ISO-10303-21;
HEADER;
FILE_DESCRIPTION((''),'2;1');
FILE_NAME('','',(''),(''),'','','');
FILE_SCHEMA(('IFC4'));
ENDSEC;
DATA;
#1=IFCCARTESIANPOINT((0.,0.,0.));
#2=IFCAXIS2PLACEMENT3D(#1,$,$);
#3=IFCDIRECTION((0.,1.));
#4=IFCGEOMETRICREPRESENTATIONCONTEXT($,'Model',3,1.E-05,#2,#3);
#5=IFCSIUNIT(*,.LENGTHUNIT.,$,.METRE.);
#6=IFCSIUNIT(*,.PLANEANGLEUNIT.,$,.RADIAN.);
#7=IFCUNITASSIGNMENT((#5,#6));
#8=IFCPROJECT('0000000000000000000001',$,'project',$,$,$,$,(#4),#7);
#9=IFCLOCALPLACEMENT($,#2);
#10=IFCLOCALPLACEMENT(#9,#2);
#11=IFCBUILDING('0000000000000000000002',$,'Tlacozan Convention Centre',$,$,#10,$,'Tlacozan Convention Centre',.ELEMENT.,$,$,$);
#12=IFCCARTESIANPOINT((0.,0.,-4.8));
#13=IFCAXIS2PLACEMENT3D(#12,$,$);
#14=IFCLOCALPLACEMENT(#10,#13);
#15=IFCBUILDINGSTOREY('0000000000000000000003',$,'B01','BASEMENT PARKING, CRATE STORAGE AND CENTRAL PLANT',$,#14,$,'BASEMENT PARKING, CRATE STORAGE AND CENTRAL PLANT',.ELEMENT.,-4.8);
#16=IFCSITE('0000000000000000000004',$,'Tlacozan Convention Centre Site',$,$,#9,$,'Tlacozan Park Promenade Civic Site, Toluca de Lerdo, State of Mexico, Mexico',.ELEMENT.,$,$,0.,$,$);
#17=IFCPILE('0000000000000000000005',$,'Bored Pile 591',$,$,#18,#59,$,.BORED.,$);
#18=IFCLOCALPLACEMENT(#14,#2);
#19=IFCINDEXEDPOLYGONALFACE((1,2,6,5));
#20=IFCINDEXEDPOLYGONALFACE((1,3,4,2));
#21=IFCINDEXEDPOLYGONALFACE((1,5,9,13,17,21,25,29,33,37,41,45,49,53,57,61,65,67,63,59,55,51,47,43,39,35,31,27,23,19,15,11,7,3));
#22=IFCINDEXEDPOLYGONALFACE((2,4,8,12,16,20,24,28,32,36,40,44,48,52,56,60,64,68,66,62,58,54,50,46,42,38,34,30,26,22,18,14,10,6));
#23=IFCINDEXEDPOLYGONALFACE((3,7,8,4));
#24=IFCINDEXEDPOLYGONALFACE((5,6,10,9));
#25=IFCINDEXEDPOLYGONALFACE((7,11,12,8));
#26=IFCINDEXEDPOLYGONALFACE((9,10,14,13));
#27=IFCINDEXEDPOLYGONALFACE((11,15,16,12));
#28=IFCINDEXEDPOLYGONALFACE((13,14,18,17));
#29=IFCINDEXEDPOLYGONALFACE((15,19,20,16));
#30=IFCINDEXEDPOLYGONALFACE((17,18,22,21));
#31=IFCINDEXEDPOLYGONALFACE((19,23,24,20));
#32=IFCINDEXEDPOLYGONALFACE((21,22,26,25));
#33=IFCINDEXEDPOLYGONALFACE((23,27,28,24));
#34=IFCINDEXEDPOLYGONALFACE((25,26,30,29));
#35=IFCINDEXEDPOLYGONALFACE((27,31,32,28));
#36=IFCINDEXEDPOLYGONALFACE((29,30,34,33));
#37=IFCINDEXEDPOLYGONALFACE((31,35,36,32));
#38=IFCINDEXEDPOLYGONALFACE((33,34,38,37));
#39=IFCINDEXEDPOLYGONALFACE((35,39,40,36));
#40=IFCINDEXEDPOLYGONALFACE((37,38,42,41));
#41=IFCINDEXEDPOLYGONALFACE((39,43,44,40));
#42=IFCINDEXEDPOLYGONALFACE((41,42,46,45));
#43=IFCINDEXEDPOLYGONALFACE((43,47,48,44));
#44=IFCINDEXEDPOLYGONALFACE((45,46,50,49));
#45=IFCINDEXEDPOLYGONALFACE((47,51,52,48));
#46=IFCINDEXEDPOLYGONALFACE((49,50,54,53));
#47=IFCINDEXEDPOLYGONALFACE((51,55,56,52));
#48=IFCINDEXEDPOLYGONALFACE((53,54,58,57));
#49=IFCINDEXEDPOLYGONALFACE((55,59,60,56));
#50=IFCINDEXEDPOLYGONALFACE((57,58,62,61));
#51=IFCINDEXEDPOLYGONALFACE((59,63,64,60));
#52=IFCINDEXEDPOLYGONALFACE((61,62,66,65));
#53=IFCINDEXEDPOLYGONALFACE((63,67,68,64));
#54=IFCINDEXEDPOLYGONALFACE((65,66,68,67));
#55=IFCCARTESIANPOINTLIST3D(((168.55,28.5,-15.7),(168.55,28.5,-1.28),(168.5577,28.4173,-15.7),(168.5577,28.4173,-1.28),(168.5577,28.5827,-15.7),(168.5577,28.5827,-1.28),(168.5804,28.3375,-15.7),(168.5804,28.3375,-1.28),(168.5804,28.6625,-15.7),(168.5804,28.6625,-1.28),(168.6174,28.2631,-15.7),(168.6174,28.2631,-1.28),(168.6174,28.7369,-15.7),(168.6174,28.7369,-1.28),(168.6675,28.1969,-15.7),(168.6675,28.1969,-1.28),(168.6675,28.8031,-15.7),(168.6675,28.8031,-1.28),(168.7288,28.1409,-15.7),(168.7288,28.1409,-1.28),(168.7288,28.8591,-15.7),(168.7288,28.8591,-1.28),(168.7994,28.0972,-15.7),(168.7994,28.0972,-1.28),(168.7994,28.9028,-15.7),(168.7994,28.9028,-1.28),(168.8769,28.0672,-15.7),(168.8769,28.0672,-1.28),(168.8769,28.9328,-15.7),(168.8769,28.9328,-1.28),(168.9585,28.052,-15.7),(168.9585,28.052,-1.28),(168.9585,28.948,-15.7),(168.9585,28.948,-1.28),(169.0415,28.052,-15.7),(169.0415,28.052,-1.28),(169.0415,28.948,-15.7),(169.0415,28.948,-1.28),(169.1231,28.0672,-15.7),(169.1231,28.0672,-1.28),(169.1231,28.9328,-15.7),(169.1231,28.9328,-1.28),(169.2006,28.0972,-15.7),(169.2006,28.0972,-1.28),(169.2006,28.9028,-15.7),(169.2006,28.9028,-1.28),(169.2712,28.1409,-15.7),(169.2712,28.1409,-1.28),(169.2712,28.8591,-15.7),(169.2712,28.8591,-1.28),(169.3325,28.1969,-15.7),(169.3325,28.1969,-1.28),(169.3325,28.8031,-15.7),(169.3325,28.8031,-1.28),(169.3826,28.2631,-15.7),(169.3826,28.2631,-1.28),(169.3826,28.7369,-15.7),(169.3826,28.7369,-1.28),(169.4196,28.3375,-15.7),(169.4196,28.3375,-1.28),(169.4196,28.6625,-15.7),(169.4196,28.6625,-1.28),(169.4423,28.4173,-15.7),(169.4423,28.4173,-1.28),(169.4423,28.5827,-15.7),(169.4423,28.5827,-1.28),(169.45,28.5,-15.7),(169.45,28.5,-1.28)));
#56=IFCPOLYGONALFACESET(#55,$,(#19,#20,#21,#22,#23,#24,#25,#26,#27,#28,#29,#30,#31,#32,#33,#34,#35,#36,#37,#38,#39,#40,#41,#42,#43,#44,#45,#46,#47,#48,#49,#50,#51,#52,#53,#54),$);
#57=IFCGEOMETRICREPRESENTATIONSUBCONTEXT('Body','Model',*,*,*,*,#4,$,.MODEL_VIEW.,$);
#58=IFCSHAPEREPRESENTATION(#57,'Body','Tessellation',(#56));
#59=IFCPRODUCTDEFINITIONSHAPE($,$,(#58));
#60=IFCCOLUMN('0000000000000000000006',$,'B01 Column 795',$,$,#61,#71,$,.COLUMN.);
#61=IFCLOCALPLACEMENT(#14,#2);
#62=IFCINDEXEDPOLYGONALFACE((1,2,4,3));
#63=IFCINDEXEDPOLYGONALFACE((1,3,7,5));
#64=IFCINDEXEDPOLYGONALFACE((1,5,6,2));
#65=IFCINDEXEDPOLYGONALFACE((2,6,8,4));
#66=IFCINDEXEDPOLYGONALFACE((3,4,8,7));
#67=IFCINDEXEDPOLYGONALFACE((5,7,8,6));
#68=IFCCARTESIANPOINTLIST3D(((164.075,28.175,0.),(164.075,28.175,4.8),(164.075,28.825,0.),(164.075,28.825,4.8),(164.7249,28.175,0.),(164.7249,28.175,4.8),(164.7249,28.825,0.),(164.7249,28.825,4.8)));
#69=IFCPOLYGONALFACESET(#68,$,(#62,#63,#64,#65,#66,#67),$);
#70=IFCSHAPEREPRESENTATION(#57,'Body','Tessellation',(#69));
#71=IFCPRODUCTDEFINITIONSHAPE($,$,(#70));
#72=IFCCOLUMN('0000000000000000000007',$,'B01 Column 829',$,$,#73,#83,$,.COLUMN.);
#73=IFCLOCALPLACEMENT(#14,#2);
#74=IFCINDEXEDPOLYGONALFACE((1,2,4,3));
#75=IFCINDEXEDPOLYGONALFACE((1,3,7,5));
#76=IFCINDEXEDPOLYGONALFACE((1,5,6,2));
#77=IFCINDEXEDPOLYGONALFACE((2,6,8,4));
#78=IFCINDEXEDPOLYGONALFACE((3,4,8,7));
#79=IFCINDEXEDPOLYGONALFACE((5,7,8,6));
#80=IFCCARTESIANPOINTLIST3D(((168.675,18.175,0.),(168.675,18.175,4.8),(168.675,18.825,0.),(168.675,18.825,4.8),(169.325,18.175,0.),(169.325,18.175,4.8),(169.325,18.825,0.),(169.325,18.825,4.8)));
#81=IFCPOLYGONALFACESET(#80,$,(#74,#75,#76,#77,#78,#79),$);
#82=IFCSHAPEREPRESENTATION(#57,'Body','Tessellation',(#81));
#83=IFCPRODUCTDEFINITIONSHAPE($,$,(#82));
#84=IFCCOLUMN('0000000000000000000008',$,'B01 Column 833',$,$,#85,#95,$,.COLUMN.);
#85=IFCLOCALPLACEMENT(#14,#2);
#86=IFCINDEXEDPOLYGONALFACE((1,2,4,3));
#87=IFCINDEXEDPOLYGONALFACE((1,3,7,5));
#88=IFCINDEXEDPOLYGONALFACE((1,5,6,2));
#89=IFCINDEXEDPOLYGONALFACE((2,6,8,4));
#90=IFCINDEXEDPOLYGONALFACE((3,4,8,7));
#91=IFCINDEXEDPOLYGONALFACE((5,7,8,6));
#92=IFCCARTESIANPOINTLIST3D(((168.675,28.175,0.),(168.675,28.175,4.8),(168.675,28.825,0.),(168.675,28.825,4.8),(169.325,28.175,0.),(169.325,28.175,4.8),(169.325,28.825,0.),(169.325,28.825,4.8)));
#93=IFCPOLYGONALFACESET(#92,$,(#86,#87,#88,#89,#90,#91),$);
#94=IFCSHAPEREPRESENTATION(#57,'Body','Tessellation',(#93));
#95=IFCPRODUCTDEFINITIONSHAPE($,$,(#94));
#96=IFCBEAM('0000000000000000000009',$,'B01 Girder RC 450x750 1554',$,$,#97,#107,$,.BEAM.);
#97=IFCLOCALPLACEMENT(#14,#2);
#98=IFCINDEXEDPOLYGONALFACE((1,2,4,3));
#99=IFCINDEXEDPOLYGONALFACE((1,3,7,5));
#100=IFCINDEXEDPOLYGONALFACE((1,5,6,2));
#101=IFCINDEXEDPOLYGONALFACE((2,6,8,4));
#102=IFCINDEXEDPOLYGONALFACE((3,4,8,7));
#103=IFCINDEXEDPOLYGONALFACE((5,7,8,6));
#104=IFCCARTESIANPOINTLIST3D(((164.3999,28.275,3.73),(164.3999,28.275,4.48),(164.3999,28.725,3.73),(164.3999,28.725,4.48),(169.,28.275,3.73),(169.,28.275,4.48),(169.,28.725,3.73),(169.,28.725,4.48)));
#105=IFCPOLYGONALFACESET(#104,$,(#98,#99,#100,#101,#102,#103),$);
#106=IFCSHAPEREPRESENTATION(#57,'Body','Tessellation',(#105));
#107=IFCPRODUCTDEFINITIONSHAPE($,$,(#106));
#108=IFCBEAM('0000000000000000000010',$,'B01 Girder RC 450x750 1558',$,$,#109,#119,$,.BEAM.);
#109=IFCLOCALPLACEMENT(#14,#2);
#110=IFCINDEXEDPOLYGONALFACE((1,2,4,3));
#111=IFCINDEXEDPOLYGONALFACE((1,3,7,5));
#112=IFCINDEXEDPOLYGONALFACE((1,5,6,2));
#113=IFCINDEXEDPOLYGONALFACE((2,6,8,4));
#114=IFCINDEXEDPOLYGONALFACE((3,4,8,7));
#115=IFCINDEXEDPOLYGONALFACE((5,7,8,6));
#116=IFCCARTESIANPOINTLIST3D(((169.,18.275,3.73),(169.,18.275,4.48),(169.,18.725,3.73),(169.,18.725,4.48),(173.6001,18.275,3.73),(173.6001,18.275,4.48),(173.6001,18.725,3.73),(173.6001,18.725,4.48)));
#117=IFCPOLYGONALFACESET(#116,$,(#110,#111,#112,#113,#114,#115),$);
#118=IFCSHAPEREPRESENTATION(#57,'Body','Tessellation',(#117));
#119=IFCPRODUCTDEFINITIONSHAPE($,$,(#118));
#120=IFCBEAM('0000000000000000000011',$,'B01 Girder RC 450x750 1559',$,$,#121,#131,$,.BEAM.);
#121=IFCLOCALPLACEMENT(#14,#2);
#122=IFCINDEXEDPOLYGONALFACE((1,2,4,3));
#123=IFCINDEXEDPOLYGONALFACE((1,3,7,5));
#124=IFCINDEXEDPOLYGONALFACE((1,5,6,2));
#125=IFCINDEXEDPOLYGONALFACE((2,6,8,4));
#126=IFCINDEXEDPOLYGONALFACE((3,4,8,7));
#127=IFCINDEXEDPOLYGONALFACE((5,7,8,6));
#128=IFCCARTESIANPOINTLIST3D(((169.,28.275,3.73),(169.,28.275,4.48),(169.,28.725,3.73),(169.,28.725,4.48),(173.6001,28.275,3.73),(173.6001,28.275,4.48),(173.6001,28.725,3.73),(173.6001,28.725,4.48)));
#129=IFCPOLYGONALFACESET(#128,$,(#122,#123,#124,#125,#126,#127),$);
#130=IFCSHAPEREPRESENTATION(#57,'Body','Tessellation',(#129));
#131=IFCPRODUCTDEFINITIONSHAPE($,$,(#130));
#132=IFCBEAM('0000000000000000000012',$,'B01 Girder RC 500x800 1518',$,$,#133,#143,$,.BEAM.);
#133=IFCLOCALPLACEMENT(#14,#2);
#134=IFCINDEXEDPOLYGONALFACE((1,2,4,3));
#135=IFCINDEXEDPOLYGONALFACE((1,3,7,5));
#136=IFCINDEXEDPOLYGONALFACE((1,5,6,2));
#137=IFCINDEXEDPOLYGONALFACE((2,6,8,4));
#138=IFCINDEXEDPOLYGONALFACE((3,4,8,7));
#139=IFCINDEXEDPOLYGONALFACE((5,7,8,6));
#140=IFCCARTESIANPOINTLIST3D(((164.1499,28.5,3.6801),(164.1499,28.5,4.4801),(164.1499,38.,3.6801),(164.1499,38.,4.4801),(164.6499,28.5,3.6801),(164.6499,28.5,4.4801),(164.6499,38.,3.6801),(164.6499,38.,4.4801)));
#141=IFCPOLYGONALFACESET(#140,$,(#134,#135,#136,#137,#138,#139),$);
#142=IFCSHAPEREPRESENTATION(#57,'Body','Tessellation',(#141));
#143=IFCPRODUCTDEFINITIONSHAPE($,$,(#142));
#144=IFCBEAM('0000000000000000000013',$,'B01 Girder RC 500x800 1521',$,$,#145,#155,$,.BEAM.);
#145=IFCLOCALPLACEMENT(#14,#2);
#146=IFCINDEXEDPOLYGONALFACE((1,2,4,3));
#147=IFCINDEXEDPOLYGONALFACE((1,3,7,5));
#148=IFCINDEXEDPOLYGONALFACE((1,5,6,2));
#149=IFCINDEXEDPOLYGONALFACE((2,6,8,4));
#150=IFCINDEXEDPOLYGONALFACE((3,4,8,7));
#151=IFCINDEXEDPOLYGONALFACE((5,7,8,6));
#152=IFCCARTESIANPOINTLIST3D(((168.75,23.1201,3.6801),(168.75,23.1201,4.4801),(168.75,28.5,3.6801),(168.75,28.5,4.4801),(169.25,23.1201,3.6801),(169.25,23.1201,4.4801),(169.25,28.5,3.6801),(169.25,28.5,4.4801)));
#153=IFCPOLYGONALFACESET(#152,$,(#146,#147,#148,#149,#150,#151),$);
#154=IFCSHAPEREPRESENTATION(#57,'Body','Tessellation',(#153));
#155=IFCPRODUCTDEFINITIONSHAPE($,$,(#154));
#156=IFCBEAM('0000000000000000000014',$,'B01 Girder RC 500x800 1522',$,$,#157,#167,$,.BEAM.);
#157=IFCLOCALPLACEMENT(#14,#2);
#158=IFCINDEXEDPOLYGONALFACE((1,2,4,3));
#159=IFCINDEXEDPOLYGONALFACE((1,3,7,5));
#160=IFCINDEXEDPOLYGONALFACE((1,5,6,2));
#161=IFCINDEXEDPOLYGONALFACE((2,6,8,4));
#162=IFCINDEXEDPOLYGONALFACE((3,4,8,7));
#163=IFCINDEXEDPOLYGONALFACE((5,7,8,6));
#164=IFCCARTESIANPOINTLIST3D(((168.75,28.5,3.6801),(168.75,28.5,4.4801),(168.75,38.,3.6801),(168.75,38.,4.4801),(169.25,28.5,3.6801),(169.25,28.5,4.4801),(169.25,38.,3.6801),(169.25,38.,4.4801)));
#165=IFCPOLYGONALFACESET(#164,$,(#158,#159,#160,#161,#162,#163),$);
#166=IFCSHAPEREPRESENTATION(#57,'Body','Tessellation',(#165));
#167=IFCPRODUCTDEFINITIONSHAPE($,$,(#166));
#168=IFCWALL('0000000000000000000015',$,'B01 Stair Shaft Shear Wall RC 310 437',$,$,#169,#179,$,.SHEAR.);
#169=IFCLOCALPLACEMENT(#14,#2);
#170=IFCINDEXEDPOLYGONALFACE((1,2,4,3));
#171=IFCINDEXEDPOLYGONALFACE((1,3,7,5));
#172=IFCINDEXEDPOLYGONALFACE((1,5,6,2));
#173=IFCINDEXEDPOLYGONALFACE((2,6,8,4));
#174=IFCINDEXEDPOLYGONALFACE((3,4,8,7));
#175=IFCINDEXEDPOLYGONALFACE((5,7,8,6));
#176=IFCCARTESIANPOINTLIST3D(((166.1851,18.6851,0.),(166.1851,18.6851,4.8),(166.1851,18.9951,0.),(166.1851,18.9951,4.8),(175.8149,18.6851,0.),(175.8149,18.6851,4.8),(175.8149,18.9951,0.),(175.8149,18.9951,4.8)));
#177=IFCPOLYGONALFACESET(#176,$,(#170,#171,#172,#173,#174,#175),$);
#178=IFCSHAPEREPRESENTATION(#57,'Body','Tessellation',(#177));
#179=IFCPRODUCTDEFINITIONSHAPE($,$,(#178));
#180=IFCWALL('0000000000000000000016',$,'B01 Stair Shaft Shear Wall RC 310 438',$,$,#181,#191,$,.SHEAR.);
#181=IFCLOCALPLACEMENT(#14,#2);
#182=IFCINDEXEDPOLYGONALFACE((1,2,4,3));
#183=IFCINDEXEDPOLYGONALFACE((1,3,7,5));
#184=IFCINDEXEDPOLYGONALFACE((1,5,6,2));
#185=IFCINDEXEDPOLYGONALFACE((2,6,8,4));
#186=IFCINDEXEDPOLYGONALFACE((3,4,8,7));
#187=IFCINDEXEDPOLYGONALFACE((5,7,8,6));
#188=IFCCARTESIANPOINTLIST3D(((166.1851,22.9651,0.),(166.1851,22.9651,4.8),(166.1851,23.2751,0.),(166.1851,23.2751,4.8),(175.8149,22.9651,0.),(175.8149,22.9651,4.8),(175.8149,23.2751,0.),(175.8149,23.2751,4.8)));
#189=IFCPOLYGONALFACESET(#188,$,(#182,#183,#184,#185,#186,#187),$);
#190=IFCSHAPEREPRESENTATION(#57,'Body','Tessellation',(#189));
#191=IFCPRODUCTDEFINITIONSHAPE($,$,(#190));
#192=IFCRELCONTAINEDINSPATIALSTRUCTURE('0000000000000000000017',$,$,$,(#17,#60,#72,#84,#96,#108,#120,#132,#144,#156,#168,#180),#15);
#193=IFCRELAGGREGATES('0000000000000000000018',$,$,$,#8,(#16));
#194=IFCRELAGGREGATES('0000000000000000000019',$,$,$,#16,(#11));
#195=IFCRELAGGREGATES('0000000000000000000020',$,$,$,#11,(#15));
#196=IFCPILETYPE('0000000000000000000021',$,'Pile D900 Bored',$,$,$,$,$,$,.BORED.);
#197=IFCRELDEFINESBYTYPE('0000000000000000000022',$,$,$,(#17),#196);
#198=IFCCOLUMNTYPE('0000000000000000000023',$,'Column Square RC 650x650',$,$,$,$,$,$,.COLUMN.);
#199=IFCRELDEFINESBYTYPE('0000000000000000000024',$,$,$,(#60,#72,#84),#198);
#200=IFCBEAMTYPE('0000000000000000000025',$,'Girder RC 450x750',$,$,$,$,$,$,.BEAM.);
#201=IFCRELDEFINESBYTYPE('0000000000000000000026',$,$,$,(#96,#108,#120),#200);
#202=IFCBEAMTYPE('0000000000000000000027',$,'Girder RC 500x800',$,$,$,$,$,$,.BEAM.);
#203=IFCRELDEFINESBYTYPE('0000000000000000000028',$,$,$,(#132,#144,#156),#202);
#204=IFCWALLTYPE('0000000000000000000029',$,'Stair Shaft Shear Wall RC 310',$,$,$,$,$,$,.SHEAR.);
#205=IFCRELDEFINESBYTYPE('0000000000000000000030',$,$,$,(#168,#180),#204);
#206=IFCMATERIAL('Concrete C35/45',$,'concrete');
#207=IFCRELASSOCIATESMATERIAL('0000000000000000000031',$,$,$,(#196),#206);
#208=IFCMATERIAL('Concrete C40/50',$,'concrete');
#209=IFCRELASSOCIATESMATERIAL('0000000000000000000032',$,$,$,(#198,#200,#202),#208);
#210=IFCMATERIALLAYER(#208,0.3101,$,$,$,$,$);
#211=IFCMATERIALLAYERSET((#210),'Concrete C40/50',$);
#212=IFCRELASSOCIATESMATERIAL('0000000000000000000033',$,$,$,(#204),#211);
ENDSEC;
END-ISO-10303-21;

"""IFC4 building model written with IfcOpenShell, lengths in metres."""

from ifc_helpers import new_model, si_unit, direction, frame, frame_2d, origin, origin_2d, place, context, subcontext, project, spatial, rectangle, circle, extrude, material, layer, layer_set, material_profile, profile_set, type_object, element, save


model = new_model("IFC4")

# Units and contexts
model_context = context("Model", 3, precision=1e-05, world=origin(), true_north=direction((0.0, 1.0)))
body_context = subcontext(model_context, "Body", "Model", "MODEL_VIEW")
ifc_project = project(units=[si_unit("LENGTHUNIT", "METRE"), si_unit("PLANEANGLEUNIT", "RADIAN")], contexts=[model_context])

# Site, building, storey
site_placement = place(None, origin())
site = spatial("IfcSite", under=ifc_project, at=site_placement, Name="Tlacozan Convention Centre Site", LongName="Tlacozan Park Promenade Civic Site, Toluca de Lerdo, State of Mexico, Mexico", CompositionType="ELEMENT", RefElevation=0.0)
building_placement = place(site_placement, origin())
building = spatial("IfcBuilding", under=site, at=building_placement, Name="Tlacozan Convention Centre", LongName="Tlacozan Convention Centre", CompositionType="ELEMENT")
storey_placement = place(building_placement, frame((0.0, 0.0, -4.8)))
storey = spatial("IfcBuildingStorey", under=building, at=storey_placement, Name="B01", Description="BASEMENT PARKING, CRATE STORAGE AND CENTRAL PLANT", LongName="BASEMENT PARKING, CRATE STORAGE AND CENTRAL PLANT", CompositionType="ELEMENT", Elevation=-4.8)

# Shared definitions
ifc_material_1 = material(Name="Concrete C35/45", Category="concrete")

# Pile
ifc_material_profile_1 = material_profile(ifc_material_1, circle(Radius=0.45, at=origin_2d()), Name="PILE D900")
ifc_profile_set_1 = profile_set([ifc_material_profile_1], Name="Concrete C35/45")
pile_type_1 = type_object("IfcPileType", Name="Pile D900 Bored", PredefinedType="BORED", material=ifc_profile_set_1)
for number, where, z_axis, x_axis, name in (
    (1, (169.0, 28.5, -1.28), (0.0, 0.0, -1.0), (1.0, 0.0, 0.0), "Bored Pile 591"),
):
    element("IfcPile", number, at=place(storey_placement, frame(where, z_axis=z_axis, x_axis=x_axis)), inside=storey, type_object=pile_type_1, Name=name, PredefinedType="BORED", context=body_context, shape_type="SweptSolid", body=[
        extrude(circle(Radius=0.45, at=origin_2d()), origin(), (0.0, 0.0, 1.0), 14.4199),
    ])

# Columns
ifc_material_2 = material(Name="Concrete C40/50", Category="concrete")
ifc_material_profile_2 = material_profile(ifc_material_2, rectangle(XDim=0.6499, YDim=0.6499, at=origin_2d()), Name="RC 650x650")
ifc_profile_set_2 = profile_set([ifc_material_profile_2], Name="Concrete C40/50")
column_type = type_object("IfcColumnType", Name="Column Square RC 650x650", PredefinedType="COLUMN", material=ifc_profile_set_2)
for number, where, z_axis, x_axis, name in (
    (2, (164.3999, 28.5, 0.0), (0.0, 0.0, 1.0), (1.0, 0.0, 0.0), "B01 Column 795"),
    (3, (169.0, 18.5, 0.0), (0.0, 0.0, 1.0), (1.0, 0.0, 0.0), "B01 Column 829"),
    (4, (169.0, 28.5, 0.0), (0.0, 0.0, 1.0), (1.0, 0.0, 0.0), "B01 Column 833"),
):
    element("IfcColumn", number, at=place(storey_placement, frame(where, z_axis=z_axis, x_axis=x_axis)), inside=storey, type_object=column_type, Name=name, PredefinedType="COLUMN", context=body_context, shape_type="SweptSolid", body=[
        extrude(rectangle(XDim=0.6499, YDim=0.6499, at=origin_2d()), origin(), (0.0, 0.0, 1.0), 4.8),
    ])

# Beams
ifc_material_profile_3 = material_profile(ifc_material_2, rectangle(XDim=0.45, YDim=0.75, at=origin_2d()), Name="RC 450x750")
ifc_profile_set_3 = profile_set([ifc_material_profile_3], Name="Concrete C40/50")
beam_type_1 = type_object("IfcBeamType", Name="Girder RC 450x750", PredefinedType="BEAM", material=ifc_profile_set_3)
for number, where, z_axis, x_axis, name in (
    (5, (164.3999, 28.5, 4.105), (1.0, 0.0, 0.0), (0.0, 1.0, 0.0), "B01 Girder RC 450x750 1554"),
    (6, (169.0, 18.5, 4.105), (1.0, 0.0, 0.0), (0.0, 1.0, 0.0), "B01 Girder RC 450x750 1558"),
    (7, (169.0, 28.5, 4.105), (1.0, 0.0, 0.0), (0.0, 1.0, 0.0), "B01 Girder RC 450x750 1559"),
):
    element("IfcBeam", number, at=place(storey_placement, frame(where, z_axis=z_axis, x_axis=x_axis)), inside=storey, type_object=beam_type_1, Name=name, PredefinedType="BEAM", context=body_context, shape_type="SweptSolid", body=[
        extrude(rectangle(XDim=0.45, YDim=0.75, at=origin_2d()), origin(), (0.0, 0.0, 1.0), 4.6001),
    ])
ifc_material_profile_4 = material_profile(ifc_material_2, rectangle(XDim=0.5, YDim=0.8, at=origin_2d()), Name="RC 500x800")
ifc_profile_set_4 = profile_set([ifc_material_profile_4], Name="Concrete C40/50")
beam_type_2 = type_object("IfcBeamType", Name="Girder RC 500x800", PredefinedType="BEAM", material=ifc_profile_set_4)
beam_1_placement = place(storey_placement, frame((164.3999, 28.5, 4.0801), z_axis=(0.0, 1.0, 0.0), x_axis=(-1.0, 0.0, 0.0)))
element("IfcBeam", 8, at=beam_1_placement, inside=storey, type_object=beam_type_2, Name="B01 Girder RC 500x800 1518", PredefinedType="BEAM", context=body_context, shape_type="SweptSolid", body=[
    extrude(rectangle(XDim=0.5, YDim=0.8, at=origin_2d()), origin(), (0.0, 0.0, 1.0), 9.5),
])
beam_2_placement = place(storey_placement, frame((169.0, 23.1201, 4.0801), z_axis=(0.0, 1.0, 0.0), x_axis=(-1.0, 0.0, 0.0)))
element("IfcBeam", 9, at=beam_2_placement, inside=storey, type_object=beam_type_2, Name="B01 Girder RC 500x800 1521", PredefinedType="BEAM", context=body_context, shape_type="SweptSolid", body=[
    extrude(rectangle(XDim=0.5, YDim=0.8, at=origin_2d()), origin(), (0.0, 0.0, 1.0), 5.3799),
])
beam_3_placement = place(storey_placement, frame((169.0, 28.5, 4.0801), z_axis=(0.0, 1.0, 0.0), x_axis=(-1.0, 0.0, 0.0)))
element("IfcBeam", 10, at=beam_3_placement, inside=storey, type_object=beam_type_2, Name="B01 Girder RC 500x800 1522", PredefinedType="BEAM", context=body_context, shape_type="SweptSolid", body=[
    extrude(rectangle(XDim=0.5, YDim=0.8, at=origin_2d()), origin(), (0.0, 0.0, 1.0), 9.5),
])

# Walls
ifc_layer_1 = layer(ifc_material_2, 0.3101)
ifc_layer_set_1 = layer_set([ifc_layer_1], Name="Concrete C40/50")
wall_type = type_object("IfcWallType", Name="Stair Shaft Shear Wall RC 310", PredefinedType="SHEAR", material=ifc_layer_set_1)
for number, where, z_axis, x_axis, name in (
    (11, (166.1851, 18.8401, 0.0), (0.0, 0.0, 1.0), (1.0, 0.0, 0.0), "B01 Stair Shaft Shear Wall RC 310 437"),
    (12, (166.1851, 23.1201, 0.0), (0.0, 0.0, 1.0), (1.0, 0.0, 0.0), "B01 Stair Shaft Shear Wall RC 310 438"),
):
    element("IfcWall", number, at=place(storey_placement, frame(where, z_axis=z_axis, x_axis=x_axis)), inside=storey, type_object=wall_type, Name=name, PredefinedType="SHEAR", context=body_context, shape_type="SweptSolid", body=[
        extrude(rectangle(XDim=9.6299, YDim=0.3101, at=frame_2d((4.8149, 0.0))), origin(), (0.0, 0.0, 1.0), 4.8),
    ])

save(model, "model.ifc")
